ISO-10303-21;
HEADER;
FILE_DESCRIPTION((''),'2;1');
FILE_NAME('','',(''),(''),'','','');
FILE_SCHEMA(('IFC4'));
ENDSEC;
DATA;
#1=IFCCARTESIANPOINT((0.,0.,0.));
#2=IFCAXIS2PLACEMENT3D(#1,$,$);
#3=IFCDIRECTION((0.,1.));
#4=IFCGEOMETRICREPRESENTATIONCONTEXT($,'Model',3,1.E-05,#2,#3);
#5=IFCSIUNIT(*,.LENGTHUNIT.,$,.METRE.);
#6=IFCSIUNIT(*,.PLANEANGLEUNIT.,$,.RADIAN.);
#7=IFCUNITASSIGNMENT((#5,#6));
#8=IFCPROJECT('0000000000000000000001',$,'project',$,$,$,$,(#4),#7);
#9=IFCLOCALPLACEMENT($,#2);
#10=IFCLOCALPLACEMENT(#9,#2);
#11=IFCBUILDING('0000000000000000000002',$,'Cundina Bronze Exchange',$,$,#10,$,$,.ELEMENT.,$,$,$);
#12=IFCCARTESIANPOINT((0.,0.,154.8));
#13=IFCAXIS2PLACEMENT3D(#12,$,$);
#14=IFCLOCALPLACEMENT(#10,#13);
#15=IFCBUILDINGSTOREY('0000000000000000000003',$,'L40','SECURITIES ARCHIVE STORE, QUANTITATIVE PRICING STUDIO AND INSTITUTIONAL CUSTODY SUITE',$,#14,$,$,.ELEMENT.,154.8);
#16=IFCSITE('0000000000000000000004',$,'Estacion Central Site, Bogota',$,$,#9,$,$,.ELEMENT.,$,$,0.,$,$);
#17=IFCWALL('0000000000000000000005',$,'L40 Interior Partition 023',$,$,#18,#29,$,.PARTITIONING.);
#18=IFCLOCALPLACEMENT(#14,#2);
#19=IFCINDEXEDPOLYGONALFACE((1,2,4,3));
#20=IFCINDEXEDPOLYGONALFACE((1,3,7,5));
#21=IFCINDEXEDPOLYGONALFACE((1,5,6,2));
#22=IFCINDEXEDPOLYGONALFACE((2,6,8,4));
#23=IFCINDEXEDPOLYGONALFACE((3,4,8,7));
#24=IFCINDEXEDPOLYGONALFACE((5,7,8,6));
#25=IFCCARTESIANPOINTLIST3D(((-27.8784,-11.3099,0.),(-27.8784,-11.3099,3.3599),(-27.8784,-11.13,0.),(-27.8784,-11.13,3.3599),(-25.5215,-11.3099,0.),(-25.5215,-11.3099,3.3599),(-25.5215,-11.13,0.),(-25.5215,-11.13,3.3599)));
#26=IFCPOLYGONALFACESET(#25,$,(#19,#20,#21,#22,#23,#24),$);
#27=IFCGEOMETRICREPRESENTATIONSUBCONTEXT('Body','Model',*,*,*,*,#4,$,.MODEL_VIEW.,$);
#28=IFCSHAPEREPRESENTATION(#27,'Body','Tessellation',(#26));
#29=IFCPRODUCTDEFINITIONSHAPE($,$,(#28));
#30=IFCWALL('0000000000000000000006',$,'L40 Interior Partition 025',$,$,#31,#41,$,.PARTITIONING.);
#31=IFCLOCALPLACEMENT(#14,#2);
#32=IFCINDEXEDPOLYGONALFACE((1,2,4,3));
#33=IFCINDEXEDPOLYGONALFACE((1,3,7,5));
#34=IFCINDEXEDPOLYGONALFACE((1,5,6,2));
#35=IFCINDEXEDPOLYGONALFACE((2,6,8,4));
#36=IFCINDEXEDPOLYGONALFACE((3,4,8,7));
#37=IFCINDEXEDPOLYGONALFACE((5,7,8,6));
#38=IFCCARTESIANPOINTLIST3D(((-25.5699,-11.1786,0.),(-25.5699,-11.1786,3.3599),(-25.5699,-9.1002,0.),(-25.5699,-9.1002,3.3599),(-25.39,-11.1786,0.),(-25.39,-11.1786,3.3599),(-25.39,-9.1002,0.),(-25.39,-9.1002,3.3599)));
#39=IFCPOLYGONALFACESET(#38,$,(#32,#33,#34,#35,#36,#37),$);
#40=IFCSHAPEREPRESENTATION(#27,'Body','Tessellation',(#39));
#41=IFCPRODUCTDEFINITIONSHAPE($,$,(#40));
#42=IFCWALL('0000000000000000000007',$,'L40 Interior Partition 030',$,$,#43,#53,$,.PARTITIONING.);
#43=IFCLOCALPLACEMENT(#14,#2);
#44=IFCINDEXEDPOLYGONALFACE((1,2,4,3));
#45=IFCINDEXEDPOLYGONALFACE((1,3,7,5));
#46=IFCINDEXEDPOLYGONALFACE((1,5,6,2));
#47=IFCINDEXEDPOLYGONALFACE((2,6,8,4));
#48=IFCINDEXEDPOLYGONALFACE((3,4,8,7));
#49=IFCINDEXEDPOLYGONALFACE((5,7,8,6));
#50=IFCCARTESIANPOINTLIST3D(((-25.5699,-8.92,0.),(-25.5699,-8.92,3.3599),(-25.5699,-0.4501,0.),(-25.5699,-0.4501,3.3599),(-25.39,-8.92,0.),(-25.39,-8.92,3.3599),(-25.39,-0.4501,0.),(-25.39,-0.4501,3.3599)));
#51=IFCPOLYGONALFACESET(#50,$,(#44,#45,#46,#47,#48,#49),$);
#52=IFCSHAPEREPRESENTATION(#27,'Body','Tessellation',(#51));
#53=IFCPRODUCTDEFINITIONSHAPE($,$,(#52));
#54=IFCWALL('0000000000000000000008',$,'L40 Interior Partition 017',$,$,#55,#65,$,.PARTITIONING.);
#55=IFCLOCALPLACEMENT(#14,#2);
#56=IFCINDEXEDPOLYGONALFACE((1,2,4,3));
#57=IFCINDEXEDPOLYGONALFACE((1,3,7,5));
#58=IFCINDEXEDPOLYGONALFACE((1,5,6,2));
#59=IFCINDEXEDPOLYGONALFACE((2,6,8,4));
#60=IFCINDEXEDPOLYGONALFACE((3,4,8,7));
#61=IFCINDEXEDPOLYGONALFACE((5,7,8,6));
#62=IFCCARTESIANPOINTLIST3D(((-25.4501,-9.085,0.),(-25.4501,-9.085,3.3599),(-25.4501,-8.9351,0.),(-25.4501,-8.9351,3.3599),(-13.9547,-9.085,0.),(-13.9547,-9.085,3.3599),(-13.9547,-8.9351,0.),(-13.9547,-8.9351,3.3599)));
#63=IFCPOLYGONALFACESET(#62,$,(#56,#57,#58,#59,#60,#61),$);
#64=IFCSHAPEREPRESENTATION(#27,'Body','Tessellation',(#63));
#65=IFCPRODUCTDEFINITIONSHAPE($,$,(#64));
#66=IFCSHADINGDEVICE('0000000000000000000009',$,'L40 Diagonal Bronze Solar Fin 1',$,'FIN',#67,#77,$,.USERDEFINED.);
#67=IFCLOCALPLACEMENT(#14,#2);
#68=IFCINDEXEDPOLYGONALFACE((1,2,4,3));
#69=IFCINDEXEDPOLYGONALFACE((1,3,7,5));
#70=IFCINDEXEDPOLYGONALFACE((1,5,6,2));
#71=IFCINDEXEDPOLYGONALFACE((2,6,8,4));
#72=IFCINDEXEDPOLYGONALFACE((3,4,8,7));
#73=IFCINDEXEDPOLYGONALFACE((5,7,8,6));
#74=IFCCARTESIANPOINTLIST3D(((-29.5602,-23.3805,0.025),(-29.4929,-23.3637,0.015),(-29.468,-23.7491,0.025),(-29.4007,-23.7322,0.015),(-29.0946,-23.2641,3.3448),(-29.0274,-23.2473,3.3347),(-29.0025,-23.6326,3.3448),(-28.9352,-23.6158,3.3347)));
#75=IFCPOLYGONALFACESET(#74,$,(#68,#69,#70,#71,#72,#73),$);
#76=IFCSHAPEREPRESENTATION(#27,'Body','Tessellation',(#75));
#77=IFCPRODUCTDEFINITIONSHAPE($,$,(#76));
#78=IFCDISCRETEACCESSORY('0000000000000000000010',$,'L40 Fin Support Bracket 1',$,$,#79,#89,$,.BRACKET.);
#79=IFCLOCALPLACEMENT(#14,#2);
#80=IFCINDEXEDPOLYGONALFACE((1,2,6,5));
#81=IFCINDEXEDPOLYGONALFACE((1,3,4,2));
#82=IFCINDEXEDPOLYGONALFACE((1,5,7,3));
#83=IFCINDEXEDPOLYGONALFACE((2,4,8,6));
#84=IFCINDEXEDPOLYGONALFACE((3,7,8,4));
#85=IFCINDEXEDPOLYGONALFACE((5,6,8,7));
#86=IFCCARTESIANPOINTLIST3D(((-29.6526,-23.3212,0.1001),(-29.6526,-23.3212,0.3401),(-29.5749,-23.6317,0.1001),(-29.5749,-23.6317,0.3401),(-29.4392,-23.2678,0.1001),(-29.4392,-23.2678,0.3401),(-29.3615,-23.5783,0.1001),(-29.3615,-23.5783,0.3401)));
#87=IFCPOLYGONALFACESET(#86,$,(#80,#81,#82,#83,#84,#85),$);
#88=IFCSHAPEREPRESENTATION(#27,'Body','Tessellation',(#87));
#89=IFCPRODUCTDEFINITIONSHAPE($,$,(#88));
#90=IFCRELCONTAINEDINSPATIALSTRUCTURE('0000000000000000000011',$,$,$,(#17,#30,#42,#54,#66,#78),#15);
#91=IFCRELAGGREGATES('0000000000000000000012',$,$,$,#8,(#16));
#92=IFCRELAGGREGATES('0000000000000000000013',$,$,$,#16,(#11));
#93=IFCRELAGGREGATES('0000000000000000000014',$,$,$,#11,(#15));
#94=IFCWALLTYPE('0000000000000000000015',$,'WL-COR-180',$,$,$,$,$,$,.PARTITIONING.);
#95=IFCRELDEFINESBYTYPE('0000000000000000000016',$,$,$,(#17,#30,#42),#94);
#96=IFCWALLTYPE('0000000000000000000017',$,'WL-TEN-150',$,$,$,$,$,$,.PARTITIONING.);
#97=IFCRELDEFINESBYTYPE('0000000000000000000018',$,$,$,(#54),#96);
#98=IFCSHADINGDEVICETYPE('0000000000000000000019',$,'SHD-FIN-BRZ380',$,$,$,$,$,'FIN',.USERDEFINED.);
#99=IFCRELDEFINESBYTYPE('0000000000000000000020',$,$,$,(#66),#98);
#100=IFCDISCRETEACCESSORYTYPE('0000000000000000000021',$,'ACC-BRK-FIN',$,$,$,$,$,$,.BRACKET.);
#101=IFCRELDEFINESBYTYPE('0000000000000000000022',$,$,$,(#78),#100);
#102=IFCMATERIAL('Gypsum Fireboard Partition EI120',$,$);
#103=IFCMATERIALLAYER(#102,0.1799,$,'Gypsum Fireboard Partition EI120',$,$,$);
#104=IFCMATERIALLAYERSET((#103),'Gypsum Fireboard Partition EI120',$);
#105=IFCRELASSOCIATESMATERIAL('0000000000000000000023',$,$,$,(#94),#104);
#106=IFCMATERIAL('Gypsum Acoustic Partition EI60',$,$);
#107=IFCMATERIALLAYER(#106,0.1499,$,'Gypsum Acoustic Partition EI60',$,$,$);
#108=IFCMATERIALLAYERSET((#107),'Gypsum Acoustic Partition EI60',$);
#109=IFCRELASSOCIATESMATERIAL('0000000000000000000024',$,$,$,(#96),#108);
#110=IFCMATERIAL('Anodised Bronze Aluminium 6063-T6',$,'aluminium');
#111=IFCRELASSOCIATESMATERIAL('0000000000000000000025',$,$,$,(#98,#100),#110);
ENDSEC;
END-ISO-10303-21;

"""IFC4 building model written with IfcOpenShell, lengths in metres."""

from ifc_helpers import new_model, si_unit, direction, frame, frame_2d, origin, origin_2d, place, context, subcontext, project, spatial, rectangle, extrude, material, layer, layer_set, material_profile, profile_set, type_object, element, save


model = new_model("IFC4")

# Units and contexts
model_context = context("Model", 3, precision=1e-05, world=origin(), true_north=direction((0.0, 1.0)))
body_context = subcontext(model_context, "Body", "Model", "MODEL_VIEW")
ifc_project = project(units=[si_unit("LENGTHUNIT", "METRE"), si_unit("PLANEANGLEUNIT", "RADIAN")], contexts=[model_context])

# Site, building, storey
site_placement = place(None, origin())
site = spatial("IfcSite", under=ifc_project, at=site_placement, Name="Estacion Central Site, Bogota", CompositionType="ELEMENT", RefElevation=0.0)
building_placement = place(site_placement, origin())
building = spatial("IfcBuilding", under=site, at=building_placement, Name="Cundina Bronze Exchange", CompositionType="ELEMENT")
storey_placement = place(building_placement, frame((0.0, 0.0, 154.8)))
storey = spatial("IfcBuildingStorey", under=building, at=storey_placement, Name="L40", Description="SECURITIES ARCHIVE STORE, QUANTITATIVE PRICING STUDIO AND INSTITUTIONAL CUSTODY SUITE", CompositionType="ELEMENT", Elevation=154.8)

# Shared definitions
ifc_material_1 = material(Name="Anodised Bronze Aluminium 6063-T6", Category="aluminium")

# Wall
ifc_material_2 = material(Name="Gypsum Fireboard Partition EI120")
ifc_layer_1 = layer(ifc_material_2, 0.1799, Name="Gypsum Fireboard Partition EI120")
ifc_layer_set_1 = layer_set([ifc_layer_1], Name="Gypsum Fireboard Partition EI120")
wall_type_1 = type_object("IfcWallType", Name="WL-COR-180", PredefinedType="PARTITIONING", material=ifc_layer_set_1)
wall_1_placement = place(storey_placement, frame((-27.8784, -11.22, 0.0), z_axis=(0.0, 0.0, 1.0), x_axis=(1.0, 0.0, 0.0)))
element("IfcWall", 1, at=wall_1_placement, inside=storey, type_object=wall_type_1, Name="L40 Interior Partition 023", PredefinedType="PARTITIONING", context=body_context, shape_type="SweptSolid", body=[
    extrude(rectangle(XDim=2.3569, YDim=0.1799, at=frame_2d((1.1785, 0.0))), origin(), (0.0, 0.0, 1.0), 3.3599),
])

# Walls
wall_2_placement = place(storey_placement, frame((-25.48, -11.1785, 0.0), z_axis=(0.0, 0.0, 1.0), x_axis=(0.0, 1.0, 0.0)))
element("IfcWall", 2, at=wall_2_placement, inside=storey, type_object=wall_type_1, Name="L40 Interior Partition 025", PredefinedType="PARTITIONING", context=body_context, shape_type="SweptSolid", body=[
    extrude(rectangle(XDim=2.0784, YDim=0.1799, at=frame_2d((1.0391, 0.0))), origin(), (0.0, 0.0, 1.0), 3.3599),
])
wall_3_placement = place(storey_placement, frame((-25.48, -8.9199, 0.0), z_axis=(0.0, 0.0, 1.0), x_axis=(0.0, 1.0, 0.0)))
element("IfcWall", 3, at=wall_3_placement, inside=storey, type_object=wall_type_1, Name="L40 Interior Partition 030", PredefinedType="PARTITIONING", context=body_context, shape_type="SweptSolid", body=[
    extrude(rectangle(XDim=8.47, YDim=0.1799, at=frame_2d((4.2349, 0.0))), origin(), (0.0, 0.0, 1.0), 3.3599),
])
ifc_material_3 = material(Name="Gypsum Acoustic Partition EI60")
ifc_layer_2 = layer(ifc_material_3, 0.1499, Name="Gypsum Acoustic Partition EI60")
ifc_layer_set_2 = layer_set([ifc_layer_2], Name="Gypsum Acoustic Partition EI60")
wall_type_2 = type_object("IfcWallType", Name="WL-TEN-150", PredefinedType="PARTITIONING", material=ifc_layer_set_2)
wall_4_placement = place(storey_placement, frame((-25.45, -9.01, 0.0), z_axis=(0.0, 0.0, 1.0), x_axis=(1.0, 0.0, 0.0)))
element("IfcWall", 4, at=wall_4_placement, inside=storey, type_object=wall_type_2, Name="L40 Interior Partition 017", PredefinedType="PARTITIONING", context=body_context, shape_type="SweptSolid", body=[
    extrude(rectangle(XDim=11.4954, YDim=0.1499, at=frame_2d((5.7476, 0.0))), origin(), (0.0, 0.0, 1.0), 3.3599),
])

# Shading device
ifc_material_profile_1 = material_profile(ifc_material_1, rectangle(XDim=0.0701, YDim=0.3799, at=origin_2d()), Name="FIN70X380", Category="aluminium")
ifc_profile_set_1 = profile_set([ifc_material_profile_1], Name="Anodised Bronze Aluminium 6063-T6")
shading_device_type = type_object("IfcShadingDeviceType", Name="SHD-FIN-BRZ380", ElementType="FIN", PredefinedType="USERDEFINED", material=ifc_profile_set_1)
shading_device_placement = place(storey_placement, frame((-29.4805, -23.5564, 0.02), z_axis=(0.138798, 0.034718, 0.989712), x_axis=(-0.960132, -0.240159, 0.143075)))
element("IfcShadingDevice", 5, at=shading_device_placement, inside=storey, type_object=shading_device_type, Name="L40 Diagonal Bronze Solar Fin 1", ObjectType="FIN", PredefinedType="USERDEFINED", context=body_context, shape_type="SweptSolid", body=[
    extrude(rectangle(XDim=0.0701, YDim=0.3799, at=origin_2d()), origin(), (0.0, 0.0, 1.0), 3.3542),
])

# Discrete accessory
discrete_accessory_type = type_object("IfcDiscreteAccessoryType", Name="ACC-BRK-FIN", PredefinedType="BRACKET", material=ifc_material_1)
discrete_accessory_placement = place(storey_placement, frame((-29.5071, -23.4497, 0.1001), z_axis=(0.0, 0.0, 1.0), x_axis=(0.970093, 0.242735, 0.0)))
element("IfcDiscreteAccessory", 6, at=discrete_accessory_placement, inside=storey, type_object=discrete_accessory_type, Name="L40 Fin Support Bracket 1", PredefinedType="BRACKET", context=body_context, shape_type="SweptSolid", body=[
    extrude(rectangle(XDim=0.22, YDim=0.3201, at=origin_2d()), origin(), (0.0, 0.0, 1.0), 0.24),
])

save(model, "model.ifc")
